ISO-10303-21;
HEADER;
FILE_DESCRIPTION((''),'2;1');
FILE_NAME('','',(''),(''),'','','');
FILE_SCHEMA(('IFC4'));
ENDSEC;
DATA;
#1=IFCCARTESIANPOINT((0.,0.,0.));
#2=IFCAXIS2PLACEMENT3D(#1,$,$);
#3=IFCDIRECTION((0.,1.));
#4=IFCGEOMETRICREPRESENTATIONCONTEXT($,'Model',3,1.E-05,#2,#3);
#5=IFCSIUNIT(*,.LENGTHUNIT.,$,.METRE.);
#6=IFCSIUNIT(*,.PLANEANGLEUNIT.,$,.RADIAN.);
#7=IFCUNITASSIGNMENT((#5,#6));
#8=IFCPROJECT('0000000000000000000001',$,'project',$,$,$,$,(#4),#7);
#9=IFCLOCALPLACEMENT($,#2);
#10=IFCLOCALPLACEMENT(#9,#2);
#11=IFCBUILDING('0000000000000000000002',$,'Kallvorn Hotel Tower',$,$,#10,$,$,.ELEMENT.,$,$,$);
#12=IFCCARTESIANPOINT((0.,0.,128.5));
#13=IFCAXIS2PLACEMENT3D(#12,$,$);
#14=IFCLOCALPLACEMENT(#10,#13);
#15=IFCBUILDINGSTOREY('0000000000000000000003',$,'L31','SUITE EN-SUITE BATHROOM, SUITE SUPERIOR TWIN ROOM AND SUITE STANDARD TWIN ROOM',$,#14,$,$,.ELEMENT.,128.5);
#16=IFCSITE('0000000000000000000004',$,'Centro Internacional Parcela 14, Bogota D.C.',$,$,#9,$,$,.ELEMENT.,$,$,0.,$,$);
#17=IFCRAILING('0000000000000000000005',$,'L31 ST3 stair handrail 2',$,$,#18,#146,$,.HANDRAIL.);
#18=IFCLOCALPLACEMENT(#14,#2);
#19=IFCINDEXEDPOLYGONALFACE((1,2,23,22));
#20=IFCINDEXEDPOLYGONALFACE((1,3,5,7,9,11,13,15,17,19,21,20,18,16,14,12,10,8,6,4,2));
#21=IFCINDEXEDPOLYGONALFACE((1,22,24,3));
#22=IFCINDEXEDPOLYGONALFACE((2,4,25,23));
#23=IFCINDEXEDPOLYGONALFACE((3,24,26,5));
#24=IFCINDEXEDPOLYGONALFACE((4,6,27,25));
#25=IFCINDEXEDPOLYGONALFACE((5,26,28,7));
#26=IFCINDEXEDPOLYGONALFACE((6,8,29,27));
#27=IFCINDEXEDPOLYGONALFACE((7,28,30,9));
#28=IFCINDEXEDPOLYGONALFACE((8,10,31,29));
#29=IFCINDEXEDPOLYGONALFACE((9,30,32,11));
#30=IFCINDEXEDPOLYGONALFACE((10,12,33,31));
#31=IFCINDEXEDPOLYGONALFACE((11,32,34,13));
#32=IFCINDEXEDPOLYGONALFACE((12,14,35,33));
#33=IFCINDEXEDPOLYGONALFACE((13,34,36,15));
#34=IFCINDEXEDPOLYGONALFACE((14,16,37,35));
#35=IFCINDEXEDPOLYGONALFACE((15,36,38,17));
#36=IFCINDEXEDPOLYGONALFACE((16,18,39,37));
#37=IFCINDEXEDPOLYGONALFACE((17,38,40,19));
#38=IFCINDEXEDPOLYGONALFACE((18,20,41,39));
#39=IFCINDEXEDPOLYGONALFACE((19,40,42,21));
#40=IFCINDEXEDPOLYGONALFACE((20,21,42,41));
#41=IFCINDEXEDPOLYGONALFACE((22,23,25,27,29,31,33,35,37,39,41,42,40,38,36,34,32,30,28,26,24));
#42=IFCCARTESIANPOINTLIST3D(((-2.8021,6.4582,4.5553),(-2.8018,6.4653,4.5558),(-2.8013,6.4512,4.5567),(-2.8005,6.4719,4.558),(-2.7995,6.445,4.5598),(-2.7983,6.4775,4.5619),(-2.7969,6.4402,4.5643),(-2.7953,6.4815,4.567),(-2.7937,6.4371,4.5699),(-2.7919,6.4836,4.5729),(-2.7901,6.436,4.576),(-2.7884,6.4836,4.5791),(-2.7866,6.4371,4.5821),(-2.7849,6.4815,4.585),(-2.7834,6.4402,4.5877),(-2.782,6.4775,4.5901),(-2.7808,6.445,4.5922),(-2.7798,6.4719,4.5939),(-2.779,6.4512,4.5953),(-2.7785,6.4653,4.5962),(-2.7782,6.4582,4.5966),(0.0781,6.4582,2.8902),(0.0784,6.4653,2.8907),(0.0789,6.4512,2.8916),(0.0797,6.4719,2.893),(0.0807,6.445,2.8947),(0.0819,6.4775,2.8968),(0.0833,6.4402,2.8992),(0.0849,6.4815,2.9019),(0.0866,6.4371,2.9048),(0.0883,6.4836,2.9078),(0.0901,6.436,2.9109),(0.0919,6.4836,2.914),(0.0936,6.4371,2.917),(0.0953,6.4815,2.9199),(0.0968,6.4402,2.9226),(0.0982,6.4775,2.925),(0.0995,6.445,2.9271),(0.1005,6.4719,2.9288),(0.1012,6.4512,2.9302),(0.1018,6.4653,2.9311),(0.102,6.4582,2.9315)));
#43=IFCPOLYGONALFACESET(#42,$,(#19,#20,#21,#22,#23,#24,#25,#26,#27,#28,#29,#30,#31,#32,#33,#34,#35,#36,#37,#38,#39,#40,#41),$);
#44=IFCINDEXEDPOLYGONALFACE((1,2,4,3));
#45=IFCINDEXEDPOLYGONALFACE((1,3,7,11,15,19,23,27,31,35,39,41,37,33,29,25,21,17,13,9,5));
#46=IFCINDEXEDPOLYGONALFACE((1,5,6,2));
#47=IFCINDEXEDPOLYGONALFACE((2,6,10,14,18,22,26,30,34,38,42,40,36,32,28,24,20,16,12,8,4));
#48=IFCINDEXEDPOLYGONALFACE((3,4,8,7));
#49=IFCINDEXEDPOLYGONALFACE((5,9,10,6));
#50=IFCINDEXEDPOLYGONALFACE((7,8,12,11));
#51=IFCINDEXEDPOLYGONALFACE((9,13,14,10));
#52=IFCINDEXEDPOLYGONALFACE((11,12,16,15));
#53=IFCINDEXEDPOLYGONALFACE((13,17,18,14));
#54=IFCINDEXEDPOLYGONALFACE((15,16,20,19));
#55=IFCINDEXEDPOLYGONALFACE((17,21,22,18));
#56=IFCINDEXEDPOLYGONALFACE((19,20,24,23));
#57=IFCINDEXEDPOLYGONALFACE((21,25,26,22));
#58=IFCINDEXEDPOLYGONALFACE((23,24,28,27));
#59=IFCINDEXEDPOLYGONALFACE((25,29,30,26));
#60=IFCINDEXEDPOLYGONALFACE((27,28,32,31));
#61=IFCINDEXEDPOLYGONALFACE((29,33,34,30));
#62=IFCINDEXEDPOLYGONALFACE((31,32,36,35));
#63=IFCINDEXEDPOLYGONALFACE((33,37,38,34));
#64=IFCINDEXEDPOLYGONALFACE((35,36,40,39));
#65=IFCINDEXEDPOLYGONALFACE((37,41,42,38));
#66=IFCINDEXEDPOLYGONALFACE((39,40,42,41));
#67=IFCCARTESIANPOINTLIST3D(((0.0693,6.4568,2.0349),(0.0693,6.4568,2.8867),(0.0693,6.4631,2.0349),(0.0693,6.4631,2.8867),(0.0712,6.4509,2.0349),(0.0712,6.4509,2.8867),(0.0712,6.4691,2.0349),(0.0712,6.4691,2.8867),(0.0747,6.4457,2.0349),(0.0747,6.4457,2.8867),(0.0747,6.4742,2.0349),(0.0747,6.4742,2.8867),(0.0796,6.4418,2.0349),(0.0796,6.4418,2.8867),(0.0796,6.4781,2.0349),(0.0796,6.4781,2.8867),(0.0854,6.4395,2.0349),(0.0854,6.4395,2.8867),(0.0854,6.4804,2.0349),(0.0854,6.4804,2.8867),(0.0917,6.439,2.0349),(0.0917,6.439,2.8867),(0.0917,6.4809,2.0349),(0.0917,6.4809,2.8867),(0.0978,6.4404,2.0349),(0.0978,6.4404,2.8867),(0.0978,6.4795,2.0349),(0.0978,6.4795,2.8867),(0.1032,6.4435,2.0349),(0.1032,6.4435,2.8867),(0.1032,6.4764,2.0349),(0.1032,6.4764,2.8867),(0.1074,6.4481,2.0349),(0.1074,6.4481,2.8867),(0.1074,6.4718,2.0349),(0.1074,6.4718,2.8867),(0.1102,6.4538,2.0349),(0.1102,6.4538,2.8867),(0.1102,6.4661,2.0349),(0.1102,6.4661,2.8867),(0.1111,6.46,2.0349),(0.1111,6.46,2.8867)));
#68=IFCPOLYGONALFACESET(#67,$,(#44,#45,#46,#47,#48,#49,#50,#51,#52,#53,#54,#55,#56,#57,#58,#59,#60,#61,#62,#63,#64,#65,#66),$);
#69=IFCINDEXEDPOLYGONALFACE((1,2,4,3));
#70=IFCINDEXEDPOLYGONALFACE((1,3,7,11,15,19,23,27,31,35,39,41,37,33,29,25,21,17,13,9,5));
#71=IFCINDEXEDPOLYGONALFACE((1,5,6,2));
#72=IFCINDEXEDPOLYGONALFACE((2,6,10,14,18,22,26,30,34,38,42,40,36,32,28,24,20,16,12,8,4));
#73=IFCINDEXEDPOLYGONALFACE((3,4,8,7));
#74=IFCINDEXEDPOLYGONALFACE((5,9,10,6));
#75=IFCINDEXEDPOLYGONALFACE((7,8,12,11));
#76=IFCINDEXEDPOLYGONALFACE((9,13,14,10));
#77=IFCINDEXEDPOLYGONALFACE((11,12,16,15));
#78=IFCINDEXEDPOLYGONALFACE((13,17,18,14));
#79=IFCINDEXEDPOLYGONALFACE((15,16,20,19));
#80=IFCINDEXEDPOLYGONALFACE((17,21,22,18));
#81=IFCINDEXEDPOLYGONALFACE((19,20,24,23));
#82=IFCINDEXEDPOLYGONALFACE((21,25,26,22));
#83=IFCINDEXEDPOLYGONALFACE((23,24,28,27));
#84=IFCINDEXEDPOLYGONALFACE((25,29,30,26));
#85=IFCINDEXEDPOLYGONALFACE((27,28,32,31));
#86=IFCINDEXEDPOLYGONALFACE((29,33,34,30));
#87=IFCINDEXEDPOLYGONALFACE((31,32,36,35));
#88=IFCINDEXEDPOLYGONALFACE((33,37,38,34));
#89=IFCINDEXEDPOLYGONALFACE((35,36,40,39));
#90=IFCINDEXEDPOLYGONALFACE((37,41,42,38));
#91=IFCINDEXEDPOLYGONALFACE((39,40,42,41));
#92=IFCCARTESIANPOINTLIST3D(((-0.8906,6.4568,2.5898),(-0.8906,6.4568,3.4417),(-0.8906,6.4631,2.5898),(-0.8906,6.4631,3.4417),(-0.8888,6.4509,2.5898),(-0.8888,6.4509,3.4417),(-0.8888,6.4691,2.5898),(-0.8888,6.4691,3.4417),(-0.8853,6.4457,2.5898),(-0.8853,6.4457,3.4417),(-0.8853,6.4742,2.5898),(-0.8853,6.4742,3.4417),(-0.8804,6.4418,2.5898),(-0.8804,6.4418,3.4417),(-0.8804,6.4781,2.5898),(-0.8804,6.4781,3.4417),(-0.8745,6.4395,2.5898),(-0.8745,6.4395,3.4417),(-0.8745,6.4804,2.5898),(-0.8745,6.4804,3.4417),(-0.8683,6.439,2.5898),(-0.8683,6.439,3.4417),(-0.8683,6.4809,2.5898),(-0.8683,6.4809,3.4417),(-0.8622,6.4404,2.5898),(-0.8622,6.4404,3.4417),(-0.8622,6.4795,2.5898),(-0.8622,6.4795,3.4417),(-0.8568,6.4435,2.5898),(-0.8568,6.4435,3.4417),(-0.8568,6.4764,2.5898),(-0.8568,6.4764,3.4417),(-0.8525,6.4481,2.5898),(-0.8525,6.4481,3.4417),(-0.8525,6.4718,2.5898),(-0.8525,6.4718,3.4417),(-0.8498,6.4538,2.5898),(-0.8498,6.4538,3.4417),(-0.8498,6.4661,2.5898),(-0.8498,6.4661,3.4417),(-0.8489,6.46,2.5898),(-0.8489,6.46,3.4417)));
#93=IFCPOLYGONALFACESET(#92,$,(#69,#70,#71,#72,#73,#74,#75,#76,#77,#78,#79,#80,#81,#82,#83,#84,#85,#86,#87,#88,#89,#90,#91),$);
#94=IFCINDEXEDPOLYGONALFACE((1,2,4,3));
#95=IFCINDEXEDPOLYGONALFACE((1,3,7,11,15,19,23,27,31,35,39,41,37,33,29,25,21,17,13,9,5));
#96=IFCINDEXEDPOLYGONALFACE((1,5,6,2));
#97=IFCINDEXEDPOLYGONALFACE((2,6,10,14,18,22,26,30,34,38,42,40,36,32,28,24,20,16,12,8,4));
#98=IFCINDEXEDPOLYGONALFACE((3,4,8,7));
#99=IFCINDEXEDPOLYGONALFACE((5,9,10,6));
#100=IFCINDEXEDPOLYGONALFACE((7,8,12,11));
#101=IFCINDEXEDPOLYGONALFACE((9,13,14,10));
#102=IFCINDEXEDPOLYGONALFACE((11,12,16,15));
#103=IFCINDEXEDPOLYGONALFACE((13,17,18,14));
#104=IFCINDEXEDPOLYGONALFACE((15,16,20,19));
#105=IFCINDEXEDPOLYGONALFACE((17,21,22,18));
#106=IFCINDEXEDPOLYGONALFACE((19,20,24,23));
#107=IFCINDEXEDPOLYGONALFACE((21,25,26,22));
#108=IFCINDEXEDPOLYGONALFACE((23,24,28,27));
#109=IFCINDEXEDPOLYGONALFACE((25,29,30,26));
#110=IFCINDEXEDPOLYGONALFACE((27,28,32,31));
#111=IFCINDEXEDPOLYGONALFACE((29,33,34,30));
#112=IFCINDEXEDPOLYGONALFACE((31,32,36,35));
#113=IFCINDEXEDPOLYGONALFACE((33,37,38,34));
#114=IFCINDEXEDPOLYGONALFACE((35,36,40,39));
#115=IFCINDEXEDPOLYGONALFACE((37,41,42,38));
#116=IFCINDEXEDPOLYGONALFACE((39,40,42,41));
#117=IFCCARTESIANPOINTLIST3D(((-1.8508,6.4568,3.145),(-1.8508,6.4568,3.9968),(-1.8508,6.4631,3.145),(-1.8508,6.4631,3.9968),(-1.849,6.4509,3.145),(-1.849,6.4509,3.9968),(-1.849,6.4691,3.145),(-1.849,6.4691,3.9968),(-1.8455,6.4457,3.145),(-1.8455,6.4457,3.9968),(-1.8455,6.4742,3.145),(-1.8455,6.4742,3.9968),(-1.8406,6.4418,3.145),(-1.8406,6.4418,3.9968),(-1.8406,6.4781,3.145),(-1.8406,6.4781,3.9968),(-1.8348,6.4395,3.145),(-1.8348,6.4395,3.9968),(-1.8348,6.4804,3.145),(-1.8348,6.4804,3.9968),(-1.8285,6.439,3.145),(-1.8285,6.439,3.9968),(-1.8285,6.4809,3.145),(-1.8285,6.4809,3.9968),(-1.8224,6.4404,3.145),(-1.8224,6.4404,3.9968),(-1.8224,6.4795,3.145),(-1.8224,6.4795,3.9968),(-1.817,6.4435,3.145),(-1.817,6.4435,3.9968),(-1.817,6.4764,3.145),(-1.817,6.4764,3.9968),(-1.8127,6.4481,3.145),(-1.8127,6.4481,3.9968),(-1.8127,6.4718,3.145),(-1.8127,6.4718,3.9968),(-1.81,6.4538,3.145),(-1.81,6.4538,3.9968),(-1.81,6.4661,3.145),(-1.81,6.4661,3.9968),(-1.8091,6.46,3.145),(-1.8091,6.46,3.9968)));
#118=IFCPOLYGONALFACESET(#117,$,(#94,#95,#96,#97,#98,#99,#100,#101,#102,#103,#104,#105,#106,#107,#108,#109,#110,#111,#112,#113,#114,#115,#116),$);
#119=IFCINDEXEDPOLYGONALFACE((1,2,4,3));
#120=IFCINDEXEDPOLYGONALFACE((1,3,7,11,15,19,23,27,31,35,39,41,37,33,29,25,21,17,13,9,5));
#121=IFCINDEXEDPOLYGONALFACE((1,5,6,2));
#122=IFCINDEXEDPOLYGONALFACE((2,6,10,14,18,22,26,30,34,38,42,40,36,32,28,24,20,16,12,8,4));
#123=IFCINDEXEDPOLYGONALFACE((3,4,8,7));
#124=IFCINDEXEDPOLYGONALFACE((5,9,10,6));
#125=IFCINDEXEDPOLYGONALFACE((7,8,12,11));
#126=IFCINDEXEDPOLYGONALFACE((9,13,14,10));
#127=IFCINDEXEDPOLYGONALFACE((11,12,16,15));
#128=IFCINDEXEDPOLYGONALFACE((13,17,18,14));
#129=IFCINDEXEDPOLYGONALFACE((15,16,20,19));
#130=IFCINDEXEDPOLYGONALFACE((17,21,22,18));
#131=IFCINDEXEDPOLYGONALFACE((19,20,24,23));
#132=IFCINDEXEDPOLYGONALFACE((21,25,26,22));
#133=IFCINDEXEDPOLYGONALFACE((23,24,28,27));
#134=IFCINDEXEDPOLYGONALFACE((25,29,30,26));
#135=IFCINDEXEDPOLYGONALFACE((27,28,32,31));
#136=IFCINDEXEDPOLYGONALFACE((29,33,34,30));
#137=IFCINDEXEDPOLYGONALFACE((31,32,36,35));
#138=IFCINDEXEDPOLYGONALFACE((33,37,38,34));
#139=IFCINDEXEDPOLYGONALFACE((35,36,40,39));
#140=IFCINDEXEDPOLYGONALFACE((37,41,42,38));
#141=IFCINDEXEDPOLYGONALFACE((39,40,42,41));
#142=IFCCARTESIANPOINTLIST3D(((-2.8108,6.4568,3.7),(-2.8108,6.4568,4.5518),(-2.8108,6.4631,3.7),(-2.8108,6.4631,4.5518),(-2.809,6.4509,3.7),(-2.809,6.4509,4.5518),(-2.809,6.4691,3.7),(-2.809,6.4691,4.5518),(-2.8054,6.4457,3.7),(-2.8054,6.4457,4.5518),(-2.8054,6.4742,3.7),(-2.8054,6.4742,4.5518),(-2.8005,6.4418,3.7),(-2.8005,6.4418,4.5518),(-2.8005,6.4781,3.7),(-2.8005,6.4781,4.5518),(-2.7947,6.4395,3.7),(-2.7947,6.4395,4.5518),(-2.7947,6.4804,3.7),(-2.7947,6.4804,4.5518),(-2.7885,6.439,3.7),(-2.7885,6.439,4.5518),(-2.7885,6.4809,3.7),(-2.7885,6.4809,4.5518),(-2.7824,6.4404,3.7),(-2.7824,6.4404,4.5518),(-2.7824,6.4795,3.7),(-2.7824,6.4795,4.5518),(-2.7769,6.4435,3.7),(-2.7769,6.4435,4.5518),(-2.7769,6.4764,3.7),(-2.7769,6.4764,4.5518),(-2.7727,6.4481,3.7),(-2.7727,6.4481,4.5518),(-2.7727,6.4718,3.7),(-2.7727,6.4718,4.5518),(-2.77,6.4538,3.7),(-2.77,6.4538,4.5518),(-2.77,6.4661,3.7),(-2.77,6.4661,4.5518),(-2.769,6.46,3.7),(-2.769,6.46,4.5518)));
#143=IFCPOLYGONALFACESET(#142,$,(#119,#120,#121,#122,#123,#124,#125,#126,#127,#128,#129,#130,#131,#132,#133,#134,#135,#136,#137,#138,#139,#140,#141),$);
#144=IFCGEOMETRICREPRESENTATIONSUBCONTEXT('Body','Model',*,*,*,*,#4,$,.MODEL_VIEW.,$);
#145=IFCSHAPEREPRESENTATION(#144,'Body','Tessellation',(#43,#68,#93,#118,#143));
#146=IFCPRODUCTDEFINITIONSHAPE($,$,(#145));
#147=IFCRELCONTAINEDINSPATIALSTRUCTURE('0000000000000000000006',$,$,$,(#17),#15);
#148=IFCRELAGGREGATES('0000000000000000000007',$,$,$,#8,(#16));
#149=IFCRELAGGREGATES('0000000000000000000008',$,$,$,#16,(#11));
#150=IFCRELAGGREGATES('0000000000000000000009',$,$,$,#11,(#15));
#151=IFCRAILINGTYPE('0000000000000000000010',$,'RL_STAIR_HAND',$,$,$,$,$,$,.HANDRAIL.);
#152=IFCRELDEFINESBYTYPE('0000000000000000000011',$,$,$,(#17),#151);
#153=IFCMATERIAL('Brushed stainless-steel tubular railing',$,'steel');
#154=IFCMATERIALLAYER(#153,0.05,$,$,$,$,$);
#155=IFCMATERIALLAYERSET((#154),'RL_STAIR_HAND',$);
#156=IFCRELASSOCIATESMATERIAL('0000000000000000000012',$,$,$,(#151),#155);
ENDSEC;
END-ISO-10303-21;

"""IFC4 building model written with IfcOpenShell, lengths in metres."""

from ifc_helpers import new_model, si_unit, direction, frame, origin, origin_2d, place, context, subcontext, project, spatial, circle, extrude, material, layer, layer_set, type_object, element, save


model = new_model("IFC4")

# Units and contexts
model_context = context("Model", 3, precision=1e-05, world=origin(), true_north=direction((0.0, 1.0)))
body_context = subcontext(model_context, "Body", "Model", "MODEL_VIEW")
ifc_project = project(units=[si_unit("LENGTHUNIT", "METRE"), si_unit("PLANEANGLEUNIT", "RADIAN")], contexts=[model_context])

# Site, building, storey
site_placement = place(None, origin())
site = spatial("IfcSite", under=ifc_project, at=site_placement, Name="Centro Internacional Parcela 14, Bogota D.C.", CompositionType="ELEMENT", RefElevation=0.0)
building_placement = place(site_placement, origin())
building = spatial("IfcBuilding", under=site, at=building_placement, Name="Kallvorn Hotel Tower", CompositionType="ELEMENT")
storey_placement = place(building_placement, frame((0.0, 0.0, 128.5)))
storey = spatial("IfcBuildingStorey", under=building, at=storey_placement, Name="L31", Description="SUITE EN-SUITE BATHROOM, SUITE SUPERIOR TWIN ROOM AND SUITE STANDARD TWIN ROOM", CompositionType="ELEMENT", Elevation=128.5)

# Railing
ifc_material_1 = material(Name="Brushed stainless-steel tubular railing", Category="steel")
ifc_layer_1 = layer(ifc_material_1, 0.05)
ifc_layer_set_1 = layer_set([ifc_layer_1], Name="RL_STAIR_HAND")
railing_type_1 = type_object("IfcRailingType", Name="RL_STAIR_HAND", PredefinedType="HANDRAIL", material=ifc_layer_set_1)
railing_1_placement = place(storey_placement, frame((0.0901, 6.46, 2.0349)))
element("IfcRailing", 1, at=railing_1_placement, inside=storey, type_object=railing_type_1, Name="L31 ST3 stair handrail 2", PredefinedType="HANDRAIL", context=body_context, shape_type="SweptSolid", body=[
    extrude(circle(Radius=0.0239, at=origin_2d()), frame((0.0, 0.0, 0.876), z_axis=(-0.865739, 0.0, 0.500495), x_axis=(0.0, -1.0, 0.0)), (0.0, 0.0, 1.0), 3.3269),
    extrude(circle(Radius=0.021, at=origin_2d()), origin(), (0.0, 0.0, 1.0), 0.8518),
    extrude(circle(Radius=0.021, at=origin_2d()), frame((-0.96, 0.0, 0.5549)), (0.0, 0.0, 1.0), 0.8518),
    extrude(circle(Radius=0.021, at=origin_2d()), frame((-1.9202, 0.0, 1.1101)), (0.0, 0.0, 1.0), 0.8518),
    extrude(circle(Radius=0.021, at=origin_2d()), frame((-2.8801, 0.0, 1.665)), (0.0, 0.0, 1.0), 0.8518),
])

save(model, "model.ifc")
